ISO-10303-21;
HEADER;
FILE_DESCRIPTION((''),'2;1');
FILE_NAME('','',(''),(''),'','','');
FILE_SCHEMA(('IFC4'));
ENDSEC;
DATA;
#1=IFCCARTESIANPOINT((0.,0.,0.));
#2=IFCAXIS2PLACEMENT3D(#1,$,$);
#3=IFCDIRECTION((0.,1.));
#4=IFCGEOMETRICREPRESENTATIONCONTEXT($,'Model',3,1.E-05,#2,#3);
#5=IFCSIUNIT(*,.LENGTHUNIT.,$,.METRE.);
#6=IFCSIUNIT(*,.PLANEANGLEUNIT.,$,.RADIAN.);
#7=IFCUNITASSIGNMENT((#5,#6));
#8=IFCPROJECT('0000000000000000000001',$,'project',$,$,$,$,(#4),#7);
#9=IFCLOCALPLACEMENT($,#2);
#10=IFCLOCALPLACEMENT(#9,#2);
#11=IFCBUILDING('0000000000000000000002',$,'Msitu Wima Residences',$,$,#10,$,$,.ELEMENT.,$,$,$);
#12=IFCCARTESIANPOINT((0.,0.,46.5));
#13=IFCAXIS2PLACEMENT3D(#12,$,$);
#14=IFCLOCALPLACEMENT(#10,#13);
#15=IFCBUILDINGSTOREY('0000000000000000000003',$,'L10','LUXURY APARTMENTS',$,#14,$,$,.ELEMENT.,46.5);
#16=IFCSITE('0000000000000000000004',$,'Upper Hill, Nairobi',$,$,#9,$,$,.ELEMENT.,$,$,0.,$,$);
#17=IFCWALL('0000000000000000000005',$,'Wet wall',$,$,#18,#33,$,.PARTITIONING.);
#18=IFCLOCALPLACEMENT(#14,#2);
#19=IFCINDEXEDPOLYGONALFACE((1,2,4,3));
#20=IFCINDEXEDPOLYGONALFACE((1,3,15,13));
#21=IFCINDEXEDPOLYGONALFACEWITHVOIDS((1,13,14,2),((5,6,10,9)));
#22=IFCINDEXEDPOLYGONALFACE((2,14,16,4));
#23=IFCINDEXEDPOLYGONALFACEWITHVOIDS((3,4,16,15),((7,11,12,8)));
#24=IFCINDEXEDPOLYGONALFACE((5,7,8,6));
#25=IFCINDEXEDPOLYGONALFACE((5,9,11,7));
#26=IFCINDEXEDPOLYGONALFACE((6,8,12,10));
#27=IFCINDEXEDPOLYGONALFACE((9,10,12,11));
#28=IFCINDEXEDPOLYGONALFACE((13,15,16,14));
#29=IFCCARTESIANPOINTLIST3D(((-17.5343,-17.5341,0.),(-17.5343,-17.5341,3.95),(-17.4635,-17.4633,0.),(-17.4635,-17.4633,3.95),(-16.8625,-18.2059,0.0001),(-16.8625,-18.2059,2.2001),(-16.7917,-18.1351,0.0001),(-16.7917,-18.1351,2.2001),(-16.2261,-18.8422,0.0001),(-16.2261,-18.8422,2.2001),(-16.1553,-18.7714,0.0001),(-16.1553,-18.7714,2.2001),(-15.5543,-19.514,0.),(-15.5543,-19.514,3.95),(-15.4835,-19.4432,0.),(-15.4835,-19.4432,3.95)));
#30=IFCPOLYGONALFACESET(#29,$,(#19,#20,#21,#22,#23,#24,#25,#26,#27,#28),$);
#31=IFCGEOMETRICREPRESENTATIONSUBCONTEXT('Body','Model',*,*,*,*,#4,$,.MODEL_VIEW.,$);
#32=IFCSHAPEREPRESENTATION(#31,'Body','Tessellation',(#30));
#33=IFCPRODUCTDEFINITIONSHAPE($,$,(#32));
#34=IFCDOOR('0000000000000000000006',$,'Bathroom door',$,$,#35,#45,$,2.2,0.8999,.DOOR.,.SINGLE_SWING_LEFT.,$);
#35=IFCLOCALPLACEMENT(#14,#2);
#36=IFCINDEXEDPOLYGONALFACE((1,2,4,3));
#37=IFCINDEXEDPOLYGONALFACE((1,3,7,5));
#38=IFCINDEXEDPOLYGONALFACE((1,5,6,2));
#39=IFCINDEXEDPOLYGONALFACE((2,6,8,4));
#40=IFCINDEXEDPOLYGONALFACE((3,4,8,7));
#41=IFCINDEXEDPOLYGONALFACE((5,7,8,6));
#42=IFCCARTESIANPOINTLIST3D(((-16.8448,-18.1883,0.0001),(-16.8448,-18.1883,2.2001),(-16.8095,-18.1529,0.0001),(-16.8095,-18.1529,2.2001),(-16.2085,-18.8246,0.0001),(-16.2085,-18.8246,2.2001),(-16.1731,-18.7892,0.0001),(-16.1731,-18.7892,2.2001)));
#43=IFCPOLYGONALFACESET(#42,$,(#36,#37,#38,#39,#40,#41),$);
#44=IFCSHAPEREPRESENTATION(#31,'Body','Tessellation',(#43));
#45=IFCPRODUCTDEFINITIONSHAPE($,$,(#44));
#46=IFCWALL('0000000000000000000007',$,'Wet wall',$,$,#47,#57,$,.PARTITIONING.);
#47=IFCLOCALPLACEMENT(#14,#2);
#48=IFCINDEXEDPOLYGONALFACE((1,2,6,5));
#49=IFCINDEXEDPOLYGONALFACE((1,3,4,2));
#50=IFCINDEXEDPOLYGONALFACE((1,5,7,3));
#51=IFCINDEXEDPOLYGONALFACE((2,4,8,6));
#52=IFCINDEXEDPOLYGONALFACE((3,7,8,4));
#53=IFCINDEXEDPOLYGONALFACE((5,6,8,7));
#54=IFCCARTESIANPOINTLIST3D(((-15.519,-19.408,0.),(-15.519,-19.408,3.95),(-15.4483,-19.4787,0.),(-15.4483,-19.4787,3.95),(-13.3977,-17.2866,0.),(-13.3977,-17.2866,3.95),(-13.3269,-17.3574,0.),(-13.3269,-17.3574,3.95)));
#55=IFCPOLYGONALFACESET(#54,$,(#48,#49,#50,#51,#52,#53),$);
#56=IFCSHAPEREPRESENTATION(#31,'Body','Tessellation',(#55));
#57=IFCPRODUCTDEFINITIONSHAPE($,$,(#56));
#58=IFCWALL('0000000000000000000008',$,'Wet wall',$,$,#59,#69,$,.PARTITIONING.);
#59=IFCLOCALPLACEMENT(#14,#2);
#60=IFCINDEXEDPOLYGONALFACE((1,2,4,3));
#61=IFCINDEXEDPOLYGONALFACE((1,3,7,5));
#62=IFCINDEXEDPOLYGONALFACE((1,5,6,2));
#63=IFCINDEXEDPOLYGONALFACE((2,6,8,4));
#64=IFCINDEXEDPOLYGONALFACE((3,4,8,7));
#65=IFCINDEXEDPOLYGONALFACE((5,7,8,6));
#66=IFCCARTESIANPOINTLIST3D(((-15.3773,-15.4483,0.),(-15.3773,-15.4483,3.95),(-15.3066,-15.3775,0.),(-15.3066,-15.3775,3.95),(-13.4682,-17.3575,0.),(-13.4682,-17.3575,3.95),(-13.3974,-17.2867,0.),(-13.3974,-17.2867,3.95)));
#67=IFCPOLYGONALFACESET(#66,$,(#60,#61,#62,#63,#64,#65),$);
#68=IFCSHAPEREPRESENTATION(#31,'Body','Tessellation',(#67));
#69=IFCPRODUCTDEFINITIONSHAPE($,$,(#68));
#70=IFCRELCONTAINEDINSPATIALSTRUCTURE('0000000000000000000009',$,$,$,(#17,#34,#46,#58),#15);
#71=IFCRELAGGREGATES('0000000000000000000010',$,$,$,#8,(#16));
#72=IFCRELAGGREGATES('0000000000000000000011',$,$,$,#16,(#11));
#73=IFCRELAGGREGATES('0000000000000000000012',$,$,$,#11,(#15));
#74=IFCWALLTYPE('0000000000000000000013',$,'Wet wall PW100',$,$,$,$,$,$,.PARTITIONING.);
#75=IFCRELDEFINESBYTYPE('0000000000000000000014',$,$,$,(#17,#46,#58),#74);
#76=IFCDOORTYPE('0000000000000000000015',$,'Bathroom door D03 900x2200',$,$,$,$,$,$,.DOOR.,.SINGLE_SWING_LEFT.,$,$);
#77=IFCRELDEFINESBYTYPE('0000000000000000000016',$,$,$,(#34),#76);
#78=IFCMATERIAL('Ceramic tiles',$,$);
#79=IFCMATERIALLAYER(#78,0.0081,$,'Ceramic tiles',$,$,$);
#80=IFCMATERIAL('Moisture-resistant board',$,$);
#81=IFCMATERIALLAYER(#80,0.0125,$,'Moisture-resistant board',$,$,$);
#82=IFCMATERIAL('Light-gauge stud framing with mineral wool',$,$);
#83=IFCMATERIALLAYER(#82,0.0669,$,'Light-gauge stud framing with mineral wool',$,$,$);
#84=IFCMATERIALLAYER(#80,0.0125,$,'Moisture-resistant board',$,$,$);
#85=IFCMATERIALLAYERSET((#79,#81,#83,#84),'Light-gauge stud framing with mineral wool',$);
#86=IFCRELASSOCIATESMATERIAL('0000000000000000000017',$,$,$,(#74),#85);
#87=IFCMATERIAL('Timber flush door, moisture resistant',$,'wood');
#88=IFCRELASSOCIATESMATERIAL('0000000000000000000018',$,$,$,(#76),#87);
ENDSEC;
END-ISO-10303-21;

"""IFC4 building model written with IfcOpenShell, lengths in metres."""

from ifc_helpers import new_model, si_unit, direction, frame, frame_2d, origin, place, context, subcontext, project, spatial, rectangle, extrude, material, layer, layer_set, type_object, element, fill, save


model = new_model("IFC4")

# Units and contexts
model_context = context("Model", 3, precision=1e-05, world=origin(), true_north=direction((0.0, 1.0)))
body_context = subcontext(model_context, "Body", "Model", "MODEL_VIEW")
ifc_project = project(units=[si_unit("LENGTHUNIT", "METRE"), si_unit("PLANEANGLEUNIT", "RADIAN")], contexts=[model_context])

# Site, building, storey
site_placement = place(None, origin())
site = spatial("IfcSite", under=ifc_project, at=site_placement, Name="Upper Hill, Nairobi", CompositionType="ELEMENT", RefElevation=0.0)
building_placement = place(site_placement, origin())
building = spatial("IfcBuilding", under=site, at=building_placement, Name="Msitu Wima Residences", CompositionType="ELEMENT")
storey_placement = place(building_placement, frame((0.0, 0.0, 46.5)))
storey = spatial("IfcBuildingStorey", under=building, at=storey_placement, Name="L10", Description="LUXURY APARTMENTS", CompositionType="ELEMENT", Elevation=46.5)

# Shared definitions
ifc_material_1 = material(Name="Ceramic tiles")
ifc_layer_1 = layer(ifc_material_1, 0.0081, Name="Ceramic tiles")
ifc_material_2 = material(Name="Moisture-resistant board")
ifc_layer_2 = layer(ifc_material_2, 0.0125, Name="Moisture-resistant board")
ifc_material_3 = material(Name="Light-gauge stud framing with mineral wool")
ifc_layer_3 = layer(ifc_material_3, 0.0669, Name="Light-gauge stud framing with mineral wool")
ifc_layer_4 = layer(ifc_material_2, 0.0125, Name="Moisture-resistant board")
ifc_layer_set_1 = layer_set([ifc_layer_1, ifc_layer_2, ifc_layer_3, ifc_layer_4], Name="Light-gauge stud framing with mineral wool")
wall_type_1 = type_object("IfcWallType", Name="Wet wall PW100", PredefinedType="PARTITIONING", material=ifc_layer_set_1)

# Wall, opening, door
wall_1_placement = place(storey_placement, frame((-17.4988, -17.4988, 0.0), z_axis=(0.0, 0.0, 1.0), x_axis=(0.707107, -0.707107, 0.0)))
wall_1 = element("IfcWall", 1, at=wall_1_placement, inside=storey, type_object=wall_type_1, Name="Wet wall", PredefinedType="PARTITIONING", context=body_context, shape_type="SweptSolid", body=[
    extrude(rectangle(XDim=2.8, YDim=0.1001, at=frame_2d((1.3999, 0.0))), origin(), (0.0, 0.0, 1.0), 3.95),
])
opening_1_placement = place(wall_1_placement, frame((0.95, 0.0, 0.0)))
opening_1 = element("IfcOpeningElement", 2, at=opening_1_placement, cuts=wall_1, PredefinedType="OPENING", context=body_context, shape_type="SweptSolid", body=[
    extrude(rectangle(XDim=0.8999, YDim=2.2, at=frame_2d((0.45, 1.1001))), frame((0.0, 0.0601, 0.0), z_axis=(0.0, -1.0, 0.0), x_axis=(1.0, 0.0, 0.0)), (0.0, 0.0, 1.0), 0.1201),
])
ifc_material_4 = material(Name="Timber flush door, moisture resistant", Category="wood")
door_type_1 = type_object("IfcDoorType", Name="Bathroom door D03 900x2200", OperationType="SINGLE_SWING_LEFT", PredefinedType="DOOR", material=ifc_material_4)
door_1_placement = place(opening_1_placement, origin())
door_1 = element("IfcDoor", 3, at=door_1_placement, inside=storey, type_object=door_type_1, Name="Bathroom door", OperationType="SINGLE_SWING_LEFT", OverallHeight=2.2, OverallWidth=0.8999, PredefinedType="DOOR", context=body_context, shape_type="SweptSolid", body=[
    extrude(rectangle(XDim=0.8999, YDim=2.2, at=frame_2d((0.45, 1.1001))), frame((0.0, 0.0249, 0.0), z_axis=(0.0, -1.0, 0.0), x_axis=(1.0, 0.0, 0.0)), (0.0, 0.0, 1.0), 0.05),
])
fill(opening_1, door_1)

# Walls
wall_2_placement = place(storey_placement, frame((-15.4836, -19.4434, 0.0), z_axis=(0.0, 0.0, 1.0), x_axis=(0.707107, 0.707107, 0.0)))
element("IfcWall", 4, at=wall_2_placement, inside=storey, type_object=wall_type_1, Name="Wet wall", PredefinedType="PARTITIONING", context=body_context, shape_type="SweptSolid", body=[
    extrude(rectangle(XDim=3.0, YDim=0.1001, at=frame_2d((1.5, 0.0))), origin(), (0.0, 0.0, 1.0), 3.95),
])
wall_3_placement = place(storey_placement, frame((-15.342, -15.4128, 0.0), z_axis=(0.0, 0.0, 1.0), x_axis=(0.707107, -0.707107, 0.0)))
element("IfcWall", 5, at=wall_3_placement, inside=storey, type_object=wall_type_1, Name="Wet wall", PredefinedType="PARTITIONING", context=body_context, shape_type="SweptSolid", body=[
    extrude(rectangle(XDim=2.7, YDim=0.1001, at=frame_2d((1.3501, 0.0))), origin(), (0.0, 0.0, 1.0), 3.95),
])

save(model, "model.ifc")
